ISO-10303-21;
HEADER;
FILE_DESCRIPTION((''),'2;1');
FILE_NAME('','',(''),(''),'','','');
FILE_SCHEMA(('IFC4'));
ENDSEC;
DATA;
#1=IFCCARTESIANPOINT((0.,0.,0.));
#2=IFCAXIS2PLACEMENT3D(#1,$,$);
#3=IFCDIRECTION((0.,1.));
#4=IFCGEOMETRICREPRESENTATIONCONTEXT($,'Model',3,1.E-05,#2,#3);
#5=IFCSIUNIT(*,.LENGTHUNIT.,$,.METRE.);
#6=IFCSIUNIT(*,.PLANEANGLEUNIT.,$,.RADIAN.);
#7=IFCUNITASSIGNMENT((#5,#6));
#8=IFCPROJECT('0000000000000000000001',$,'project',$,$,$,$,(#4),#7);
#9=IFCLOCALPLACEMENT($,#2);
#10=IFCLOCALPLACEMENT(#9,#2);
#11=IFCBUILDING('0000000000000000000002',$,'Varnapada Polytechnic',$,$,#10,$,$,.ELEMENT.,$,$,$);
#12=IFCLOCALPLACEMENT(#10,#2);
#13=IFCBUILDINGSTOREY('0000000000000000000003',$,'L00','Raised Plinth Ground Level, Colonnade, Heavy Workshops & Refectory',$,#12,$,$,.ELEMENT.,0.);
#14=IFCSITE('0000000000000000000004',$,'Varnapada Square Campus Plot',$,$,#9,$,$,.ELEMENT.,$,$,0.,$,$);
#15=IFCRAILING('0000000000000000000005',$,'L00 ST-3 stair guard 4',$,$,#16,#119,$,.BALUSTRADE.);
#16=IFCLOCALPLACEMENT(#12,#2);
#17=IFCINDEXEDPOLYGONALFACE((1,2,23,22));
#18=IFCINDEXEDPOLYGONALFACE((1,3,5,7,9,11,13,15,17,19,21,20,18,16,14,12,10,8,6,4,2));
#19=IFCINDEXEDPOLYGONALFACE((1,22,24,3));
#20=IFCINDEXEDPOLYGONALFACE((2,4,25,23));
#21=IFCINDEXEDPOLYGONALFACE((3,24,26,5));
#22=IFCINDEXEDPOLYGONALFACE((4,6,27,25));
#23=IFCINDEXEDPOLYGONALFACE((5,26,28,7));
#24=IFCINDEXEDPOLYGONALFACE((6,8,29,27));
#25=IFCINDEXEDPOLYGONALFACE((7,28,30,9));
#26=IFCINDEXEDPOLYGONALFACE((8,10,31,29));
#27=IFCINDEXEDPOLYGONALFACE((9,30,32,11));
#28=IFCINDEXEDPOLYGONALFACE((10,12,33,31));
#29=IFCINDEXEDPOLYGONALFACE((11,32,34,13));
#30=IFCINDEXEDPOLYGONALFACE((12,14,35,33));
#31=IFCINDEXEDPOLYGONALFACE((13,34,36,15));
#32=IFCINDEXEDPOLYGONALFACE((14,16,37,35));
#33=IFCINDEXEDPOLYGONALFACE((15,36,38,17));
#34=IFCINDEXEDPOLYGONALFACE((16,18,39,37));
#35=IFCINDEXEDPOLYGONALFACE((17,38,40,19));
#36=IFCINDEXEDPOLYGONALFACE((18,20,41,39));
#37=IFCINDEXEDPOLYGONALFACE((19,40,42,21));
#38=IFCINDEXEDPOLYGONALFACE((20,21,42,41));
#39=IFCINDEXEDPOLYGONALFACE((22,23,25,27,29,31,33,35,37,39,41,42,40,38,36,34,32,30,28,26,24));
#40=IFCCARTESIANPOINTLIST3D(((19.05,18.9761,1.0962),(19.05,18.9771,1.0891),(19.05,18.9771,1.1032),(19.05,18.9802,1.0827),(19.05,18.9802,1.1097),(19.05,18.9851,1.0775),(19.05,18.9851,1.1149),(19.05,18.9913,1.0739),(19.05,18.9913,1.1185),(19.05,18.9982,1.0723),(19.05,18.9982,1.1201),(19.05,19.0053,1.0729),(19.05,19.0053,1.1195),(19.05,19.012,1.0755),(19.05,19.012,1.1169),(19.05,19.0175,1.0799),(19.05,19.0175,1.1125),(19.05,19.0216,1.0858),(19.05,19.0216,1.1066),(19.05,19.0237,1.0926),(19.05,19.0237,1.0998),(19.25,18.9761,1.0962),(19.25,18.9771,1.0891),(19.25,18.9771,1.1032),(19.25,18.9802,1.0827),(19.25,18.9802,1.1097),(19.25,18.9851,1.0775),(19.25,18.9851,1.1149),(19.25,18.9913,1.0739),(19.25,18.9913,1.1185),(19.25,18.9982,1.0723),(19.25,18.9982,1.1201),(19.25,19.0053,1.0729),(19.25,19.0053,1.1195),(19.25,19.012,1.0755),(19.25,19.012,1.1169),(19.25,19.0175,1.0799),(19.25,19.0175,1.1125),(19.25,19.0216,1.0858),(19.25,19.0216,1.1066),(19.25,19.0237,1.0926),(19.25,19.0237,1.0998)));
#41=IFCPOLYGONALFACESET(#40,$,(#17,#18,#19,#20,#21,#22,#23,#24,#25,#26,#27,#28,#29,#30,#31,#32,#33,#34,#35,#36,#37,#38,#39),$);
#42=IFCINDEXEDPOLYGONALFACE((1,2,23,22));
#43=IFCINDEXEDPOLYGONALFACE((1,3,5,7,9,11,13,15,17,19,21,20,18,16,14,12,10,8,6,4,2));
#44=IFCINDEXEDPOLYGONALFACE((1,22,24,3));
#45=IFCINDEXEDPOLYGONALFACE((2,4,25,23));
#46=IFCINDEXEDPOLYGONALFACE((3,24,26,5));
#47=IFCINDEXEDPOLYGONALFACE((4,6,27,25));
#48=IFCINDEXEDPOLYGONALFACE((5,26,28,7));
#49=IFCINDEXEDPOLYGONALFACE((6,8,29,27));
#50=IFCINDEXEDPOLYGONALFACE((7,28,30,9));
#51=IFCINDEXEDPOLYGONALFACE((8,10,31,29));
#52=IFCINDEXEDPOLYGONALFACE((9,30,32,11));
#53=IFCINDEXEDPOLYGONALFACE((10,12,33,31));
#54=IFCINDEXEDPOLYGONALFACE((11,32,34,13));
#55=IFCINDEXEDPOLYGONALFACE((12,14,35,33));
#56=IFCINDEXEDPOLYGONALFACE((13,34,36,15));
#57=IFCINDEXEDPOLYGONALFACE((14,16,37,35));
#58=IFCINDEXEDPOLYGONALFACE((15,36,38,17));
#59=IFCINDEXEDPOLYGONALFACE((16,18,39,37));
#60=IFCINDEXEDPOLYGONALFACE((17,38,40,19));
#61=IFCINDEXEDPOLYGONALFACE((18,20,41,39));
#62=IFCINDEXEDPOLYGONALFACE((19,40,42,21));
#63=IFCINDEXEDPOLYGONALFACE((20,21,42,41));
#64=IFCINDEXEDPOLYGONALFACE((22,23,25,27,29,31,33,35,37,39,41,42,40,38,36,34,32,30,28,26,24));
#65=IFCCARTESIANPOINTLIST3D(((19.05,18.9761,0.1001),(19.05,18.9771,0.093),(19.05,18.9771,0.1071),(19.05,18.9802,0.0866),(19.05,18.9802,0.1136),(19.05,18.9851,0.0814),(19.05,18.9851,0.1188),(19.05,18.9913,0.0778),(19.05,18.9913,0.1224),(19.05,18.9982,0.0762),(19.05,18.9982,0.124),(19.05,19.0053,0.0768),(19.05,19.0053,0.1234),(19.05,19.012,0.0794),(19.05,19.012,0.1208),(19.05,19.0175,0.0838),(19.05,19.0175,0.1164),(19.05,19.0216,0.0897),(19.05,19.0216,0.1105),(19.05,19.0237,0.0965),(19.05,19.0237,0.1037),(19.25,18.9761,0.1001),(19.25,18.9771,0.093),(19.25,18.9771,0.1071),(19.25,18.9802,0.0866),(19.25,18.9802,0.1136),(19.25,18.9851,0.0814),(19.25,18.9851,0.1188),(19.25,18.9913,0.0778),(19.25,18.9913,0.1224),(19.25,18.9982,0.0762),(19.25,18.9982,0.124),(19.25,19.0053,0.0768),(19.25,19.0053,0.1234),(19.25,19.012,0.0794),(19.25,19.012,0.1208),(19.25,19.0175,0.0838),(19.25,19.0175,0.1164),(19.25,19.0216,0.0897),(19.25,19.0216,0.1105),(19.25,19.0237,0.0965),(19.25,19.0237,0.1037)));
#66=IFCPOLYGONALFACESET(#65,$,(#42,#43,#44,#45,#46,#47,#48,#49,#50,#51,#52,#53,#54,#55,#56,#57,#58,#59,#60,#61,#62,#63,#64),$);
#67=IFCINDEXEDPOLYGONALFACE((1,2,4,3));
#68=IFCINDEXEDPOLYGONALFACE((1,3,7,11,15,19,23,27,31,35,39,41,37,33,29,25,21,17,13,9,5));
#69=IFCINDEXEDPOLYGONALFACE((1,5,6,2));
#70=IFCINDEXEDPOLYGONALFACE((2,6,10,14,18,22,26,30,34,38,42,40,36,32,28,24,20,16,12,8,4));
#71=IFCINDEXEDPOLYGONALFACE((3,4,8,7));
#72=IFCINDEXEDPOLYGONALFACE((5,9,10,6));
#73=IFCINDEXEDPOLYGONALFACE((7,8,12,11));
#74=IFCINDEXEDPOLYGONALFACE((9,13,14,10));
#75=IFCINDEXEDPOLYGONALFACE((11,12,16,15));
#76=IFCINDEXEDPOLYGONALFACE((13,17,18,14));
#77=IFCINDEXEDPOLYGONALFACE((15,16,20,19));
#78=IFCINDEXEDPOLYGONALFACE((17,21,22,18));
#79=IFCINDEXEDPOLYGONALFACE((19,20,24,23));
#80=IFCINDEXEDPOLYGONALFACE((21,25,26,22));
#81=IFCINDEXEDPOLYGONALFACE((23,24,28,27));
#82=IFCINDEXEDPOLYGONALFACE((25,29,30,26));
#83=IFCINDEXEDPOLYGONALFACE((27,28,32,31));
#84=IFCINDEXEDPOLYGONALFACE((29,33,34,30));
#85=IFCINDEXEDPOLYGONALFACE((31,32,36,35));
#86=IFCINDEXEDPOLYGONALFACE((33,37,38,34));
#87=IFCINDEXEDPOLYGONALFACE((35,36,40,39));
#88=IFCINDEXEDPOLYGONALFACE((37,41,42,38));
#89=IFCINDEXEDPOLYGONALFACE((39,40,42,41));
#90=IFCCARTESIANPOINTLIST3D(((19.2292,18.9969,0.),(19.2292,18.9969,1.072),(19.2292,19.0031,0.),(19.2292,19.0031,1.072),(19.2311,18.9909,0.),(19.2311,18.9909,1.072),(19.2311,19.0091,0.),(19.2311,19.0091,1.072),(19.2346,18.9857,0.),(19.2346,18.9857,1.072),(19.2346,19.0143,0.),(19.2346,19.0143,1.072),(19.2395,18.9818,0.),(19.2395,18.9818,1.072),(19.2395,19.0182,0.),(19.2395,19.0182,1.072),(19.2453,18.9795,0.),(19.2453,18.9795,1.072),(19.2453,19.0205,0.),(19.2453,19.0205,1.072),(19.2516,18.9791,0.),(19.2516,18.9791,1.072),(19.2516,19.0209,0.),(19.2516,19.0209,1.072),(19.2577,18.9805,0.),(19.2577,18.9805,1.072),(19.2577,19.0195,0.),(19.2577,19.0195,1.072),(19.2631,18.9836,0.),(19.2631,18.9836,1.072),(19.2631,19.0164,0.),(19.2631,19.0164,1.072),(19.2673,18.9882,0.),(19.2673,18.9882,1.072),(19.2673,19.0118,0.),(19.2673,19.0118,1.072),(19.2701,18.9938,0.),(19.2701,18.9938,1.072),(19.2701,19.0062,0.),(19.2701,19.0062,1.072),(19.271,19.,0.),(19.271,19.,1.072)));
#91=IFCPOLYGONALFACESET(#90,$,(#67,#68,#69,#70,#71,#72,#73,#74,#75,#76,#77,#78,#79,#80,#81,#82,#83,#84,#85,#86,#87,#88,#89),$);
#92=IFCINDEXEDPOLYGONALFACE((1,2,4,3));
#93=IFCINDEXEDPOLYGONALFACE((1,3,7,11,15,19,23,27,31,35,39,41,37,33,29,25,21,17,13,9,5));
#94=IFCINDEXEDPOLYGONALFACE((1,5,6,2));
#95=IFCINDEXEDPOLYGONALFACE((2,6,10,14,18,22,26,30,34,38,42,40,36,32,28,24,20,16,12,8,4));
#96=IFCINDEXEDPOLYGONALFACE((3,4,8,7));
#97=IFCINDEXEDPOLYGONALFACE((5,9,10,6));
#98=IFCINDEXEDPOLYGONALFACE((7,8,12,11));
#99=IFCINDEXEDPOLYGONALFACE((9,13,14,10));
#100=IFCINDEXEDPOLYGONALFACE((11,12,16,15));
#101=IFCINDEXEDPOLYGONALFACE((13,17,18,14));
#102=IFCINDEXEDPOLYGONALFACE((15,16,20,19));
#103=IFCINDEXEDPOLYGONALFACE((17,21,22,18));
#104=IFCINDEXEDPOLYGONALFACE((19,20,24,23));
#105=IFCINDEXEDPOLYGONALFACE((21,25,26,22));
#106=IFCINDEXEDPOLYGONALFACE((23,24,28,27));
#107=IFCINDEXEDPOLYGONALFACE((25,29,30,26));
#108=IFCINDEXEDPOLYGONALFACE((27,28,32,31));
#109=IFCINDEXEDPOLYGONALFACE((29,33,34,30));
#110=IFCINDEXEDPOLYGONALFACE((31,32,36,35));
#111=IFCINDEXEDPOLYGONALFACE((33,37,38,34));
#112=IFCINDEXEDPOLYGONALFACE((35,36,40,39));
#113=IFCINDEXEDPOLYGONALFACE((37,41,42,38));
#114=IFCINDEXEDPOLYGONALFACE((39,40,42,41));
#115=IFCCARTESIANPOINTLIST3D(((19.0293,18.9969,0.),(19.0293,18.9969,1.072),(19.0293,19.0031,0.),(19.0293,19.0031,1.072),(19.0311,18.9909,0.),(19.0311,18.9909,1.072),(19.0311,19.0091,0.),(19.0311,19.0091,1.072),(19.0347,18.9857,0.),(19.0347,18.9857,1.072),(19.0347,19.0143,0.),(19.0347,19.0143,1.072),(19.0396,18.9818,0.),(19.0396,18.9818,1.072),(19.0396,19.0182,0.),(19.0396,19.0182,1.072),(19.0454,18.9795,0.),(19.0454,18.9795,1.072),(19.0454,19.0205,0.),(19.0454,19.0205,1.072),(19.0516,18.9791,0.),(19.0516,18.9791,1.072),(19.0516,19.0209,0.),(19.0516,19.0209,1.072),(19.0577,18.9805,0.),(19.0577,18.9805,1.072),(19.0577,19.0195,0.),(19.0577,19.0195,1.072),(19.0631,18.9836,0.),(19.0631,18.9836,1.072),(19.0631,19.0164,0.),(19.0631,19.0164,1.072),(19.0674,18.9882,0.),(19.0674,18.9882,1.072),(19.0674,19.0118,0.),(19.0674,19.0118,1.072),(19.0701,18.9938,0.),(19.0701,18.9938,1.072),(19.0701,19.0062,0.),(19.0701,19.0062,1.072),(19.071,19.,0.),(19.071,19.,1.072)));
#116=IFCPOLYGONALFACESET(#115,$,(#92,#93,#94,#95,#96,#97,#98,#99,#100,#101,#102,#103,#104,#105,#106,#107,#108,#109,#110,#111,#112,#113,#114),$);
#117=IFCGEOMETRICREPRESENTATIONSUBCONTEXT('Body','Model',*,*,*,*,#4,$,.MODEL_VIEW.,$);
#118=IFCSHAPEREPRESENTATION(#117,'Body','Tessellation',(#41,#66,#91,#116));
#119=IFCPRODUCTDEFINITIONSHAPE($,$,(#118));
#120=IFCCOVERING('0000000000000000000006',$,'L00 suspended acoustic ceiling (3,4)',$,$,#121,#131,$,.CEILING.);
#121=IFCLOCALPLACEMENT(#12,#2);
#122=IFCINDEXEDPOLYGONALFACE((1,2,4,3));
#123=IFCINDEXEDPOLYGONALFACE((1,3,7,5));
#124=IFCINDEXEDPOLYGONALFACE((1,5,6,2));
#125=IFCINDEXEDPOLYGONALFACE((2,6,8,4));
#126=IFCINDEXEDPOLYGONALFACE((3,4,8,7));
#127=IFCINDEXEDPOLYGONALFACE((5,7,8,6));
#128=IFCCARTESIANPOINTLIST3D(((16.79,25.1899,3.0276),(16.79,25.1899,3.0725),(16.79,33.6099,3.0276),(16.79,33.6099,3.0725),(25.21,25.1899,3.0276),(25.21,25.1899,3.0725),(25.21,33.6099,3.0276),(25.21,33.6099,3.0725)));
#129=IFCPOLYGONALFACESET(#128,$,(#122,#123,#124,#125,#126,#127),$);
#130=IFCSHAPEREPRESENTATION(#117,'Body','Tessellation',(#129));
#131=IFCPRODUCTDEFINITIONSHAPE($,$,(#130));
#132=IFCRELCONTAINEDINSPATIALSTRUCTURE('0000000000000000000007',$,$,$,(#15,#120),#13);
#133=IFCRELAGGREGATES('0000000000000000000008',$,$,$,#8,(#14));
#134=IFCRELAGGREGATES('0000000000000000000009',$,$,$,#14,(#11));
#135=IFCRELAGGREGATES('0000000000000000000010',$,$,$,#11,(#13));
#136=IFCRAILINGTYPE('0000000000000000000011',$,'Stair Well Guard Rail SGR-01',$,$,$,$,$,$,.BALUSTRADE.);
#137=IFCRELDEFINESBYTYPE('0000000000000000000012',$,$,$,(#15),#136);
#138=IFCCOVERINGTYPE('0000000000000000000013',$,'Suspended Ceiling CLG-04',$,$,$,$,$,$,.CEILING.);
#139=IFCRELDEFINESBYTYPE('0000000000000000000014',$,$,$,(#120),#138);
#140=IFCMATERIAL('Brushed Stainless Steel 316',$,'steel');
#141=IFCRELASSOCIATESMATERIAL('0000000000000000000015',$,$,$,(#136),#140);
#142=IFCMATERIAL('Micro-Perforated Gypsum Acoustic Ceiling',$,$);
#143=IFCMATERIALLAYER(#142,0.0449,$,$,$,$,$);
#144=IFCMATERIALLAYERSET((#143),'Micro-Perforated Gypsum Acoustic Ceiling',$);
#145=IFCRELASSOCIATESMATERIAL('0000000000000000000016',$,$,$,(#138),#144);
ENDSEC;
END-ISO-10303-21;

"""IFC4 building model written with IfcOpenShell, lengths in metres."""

from ifc_helpers import new_model, si_unit, direction, frame, origin, origin_2d, place, context, subcontext, project, spatial, rectangle, circle, extrude, material, layer, layer_set, type_object, element, save


model = new_model("IFC4")

# Units and contexts
model_context = context("Model", 3, precision=1e-05, world=origin(), true_north=direction((0.0, 1.0)))
body_context = subcontext(model_context, "Body", "Model", "MODEL_VIEW")
ifc_project = project(units=[si_unit("LENGTHUNIT", "METRE"), si_unit("PLANEANGLEUNIT", "RADIAN")], contexts=[model_context])

# Site, building, storey
site_placement = place(None, origin())
site = spatial("IfcSite", under=ifc_project, at=site_placement, Name="Varnapada Square Campus Plot", CompositionType="ELEMENT", RefElevation=0.0)
building_placement = place(site_placement, origin())
building = spatial("IfcBuilding", under=site, at=building_placement, Name="Varnapada Polytechnic", CompositionType="ELEMENT")
storey_placement = place(building_placement, origin())
storey = spatial("IfcBuildingStorey", under=building, at=storey_placement, Name="L00", Description="Raised Plinth Ground Level, Colonnade, Heavy Workshops & Refectory", CompositionType="ELEMENT", Elevation=0.0)

# Shared definitions
ifc_material_1 = material(Name="Brushed Stainless Steel 316", Category="steel")

# Railing
railing_type_1 = type_object("IfcRailingType", Name="Stair Well Guard Rail SGR-01", PredefinedType="BALUSTRADE", material=ifc_material_1)
railing_1_placement = place(storey_placement, frame((19.25, 19.0, 0.0)))
element("IfcRailing", 1, at=railing_1_placement, inside=storey, type_object=railing_type_1, Name="L00 ST-3 stair guard 4", PredefinedType="BALUSTRADE", context=body_context, shape_type="SweptSolid", body=[
    extrude(circle(Radius=0.0239, at=origin_2d()), frame((0.0, 0.0, 1.0962), z_axis=(-1.0, 0.0, 0.0), x_axis=(0.0, -1.0, 0.0)), (0.0, 0.0, 1.0), 0.2),
    extrude(circle(Radius=0.0239, at=origin_2d()), frame((0.0, 0.0, 0.1001), z_axis=(-1.0, 0.0, 0.0), x_axis=(0.0, -1.0, 0.0)), (0.0, 0.0, 1.0), 0.2),
    extrude(circle(Radius=0.021, at=origin_2d()), origin(), (0.0, 0.0, 1.0), 1.072),
    extrude(circle(Radius=0.021, at=origin_2d()), frame((-0.2, 0.0, 0.0)), (0.0, 0.0, 1.0), 1.072),
])

# Covering
ifc_material_2 = material(Name="Micro-Perforated Gypsum Acoustic Ceiling")
ifc_layer_1 = layer(ifc_material_2, 0.0449)
ifc_layer_set_1 = layer_set([ifc_layer_1], Name="Micro-Perforated Gypsum Acoustic Ceiling")
covering_type = type_object("IfcCoveringType", Name="Suspended Ceiling CLG-04", PredefinedType="CEILING", material=ifc_layer_set_1)
covering_placement = place(storey_placement, frame((21.0, 29.3999, 3.0276), z_axis=(0.0, 0.0, 1.0), x_axis=(1.0, 0.0, 0.0)))
element("IfcCovering", 2, at=covering_placement, inside=storey, type_object=covering_type, Name="L00 suspended acoustic ceiling (3,4)", PredefinedType="CEILING", context=body_context, shape_type="SweptSolid", body=[
    extrude(rectangle(XDim=8.4199, YDim=8.4199, at=origin_2d()), origin(), (0.0, 0.0, 1.0), 0.0449),
])

save(model, "model.ifc")
